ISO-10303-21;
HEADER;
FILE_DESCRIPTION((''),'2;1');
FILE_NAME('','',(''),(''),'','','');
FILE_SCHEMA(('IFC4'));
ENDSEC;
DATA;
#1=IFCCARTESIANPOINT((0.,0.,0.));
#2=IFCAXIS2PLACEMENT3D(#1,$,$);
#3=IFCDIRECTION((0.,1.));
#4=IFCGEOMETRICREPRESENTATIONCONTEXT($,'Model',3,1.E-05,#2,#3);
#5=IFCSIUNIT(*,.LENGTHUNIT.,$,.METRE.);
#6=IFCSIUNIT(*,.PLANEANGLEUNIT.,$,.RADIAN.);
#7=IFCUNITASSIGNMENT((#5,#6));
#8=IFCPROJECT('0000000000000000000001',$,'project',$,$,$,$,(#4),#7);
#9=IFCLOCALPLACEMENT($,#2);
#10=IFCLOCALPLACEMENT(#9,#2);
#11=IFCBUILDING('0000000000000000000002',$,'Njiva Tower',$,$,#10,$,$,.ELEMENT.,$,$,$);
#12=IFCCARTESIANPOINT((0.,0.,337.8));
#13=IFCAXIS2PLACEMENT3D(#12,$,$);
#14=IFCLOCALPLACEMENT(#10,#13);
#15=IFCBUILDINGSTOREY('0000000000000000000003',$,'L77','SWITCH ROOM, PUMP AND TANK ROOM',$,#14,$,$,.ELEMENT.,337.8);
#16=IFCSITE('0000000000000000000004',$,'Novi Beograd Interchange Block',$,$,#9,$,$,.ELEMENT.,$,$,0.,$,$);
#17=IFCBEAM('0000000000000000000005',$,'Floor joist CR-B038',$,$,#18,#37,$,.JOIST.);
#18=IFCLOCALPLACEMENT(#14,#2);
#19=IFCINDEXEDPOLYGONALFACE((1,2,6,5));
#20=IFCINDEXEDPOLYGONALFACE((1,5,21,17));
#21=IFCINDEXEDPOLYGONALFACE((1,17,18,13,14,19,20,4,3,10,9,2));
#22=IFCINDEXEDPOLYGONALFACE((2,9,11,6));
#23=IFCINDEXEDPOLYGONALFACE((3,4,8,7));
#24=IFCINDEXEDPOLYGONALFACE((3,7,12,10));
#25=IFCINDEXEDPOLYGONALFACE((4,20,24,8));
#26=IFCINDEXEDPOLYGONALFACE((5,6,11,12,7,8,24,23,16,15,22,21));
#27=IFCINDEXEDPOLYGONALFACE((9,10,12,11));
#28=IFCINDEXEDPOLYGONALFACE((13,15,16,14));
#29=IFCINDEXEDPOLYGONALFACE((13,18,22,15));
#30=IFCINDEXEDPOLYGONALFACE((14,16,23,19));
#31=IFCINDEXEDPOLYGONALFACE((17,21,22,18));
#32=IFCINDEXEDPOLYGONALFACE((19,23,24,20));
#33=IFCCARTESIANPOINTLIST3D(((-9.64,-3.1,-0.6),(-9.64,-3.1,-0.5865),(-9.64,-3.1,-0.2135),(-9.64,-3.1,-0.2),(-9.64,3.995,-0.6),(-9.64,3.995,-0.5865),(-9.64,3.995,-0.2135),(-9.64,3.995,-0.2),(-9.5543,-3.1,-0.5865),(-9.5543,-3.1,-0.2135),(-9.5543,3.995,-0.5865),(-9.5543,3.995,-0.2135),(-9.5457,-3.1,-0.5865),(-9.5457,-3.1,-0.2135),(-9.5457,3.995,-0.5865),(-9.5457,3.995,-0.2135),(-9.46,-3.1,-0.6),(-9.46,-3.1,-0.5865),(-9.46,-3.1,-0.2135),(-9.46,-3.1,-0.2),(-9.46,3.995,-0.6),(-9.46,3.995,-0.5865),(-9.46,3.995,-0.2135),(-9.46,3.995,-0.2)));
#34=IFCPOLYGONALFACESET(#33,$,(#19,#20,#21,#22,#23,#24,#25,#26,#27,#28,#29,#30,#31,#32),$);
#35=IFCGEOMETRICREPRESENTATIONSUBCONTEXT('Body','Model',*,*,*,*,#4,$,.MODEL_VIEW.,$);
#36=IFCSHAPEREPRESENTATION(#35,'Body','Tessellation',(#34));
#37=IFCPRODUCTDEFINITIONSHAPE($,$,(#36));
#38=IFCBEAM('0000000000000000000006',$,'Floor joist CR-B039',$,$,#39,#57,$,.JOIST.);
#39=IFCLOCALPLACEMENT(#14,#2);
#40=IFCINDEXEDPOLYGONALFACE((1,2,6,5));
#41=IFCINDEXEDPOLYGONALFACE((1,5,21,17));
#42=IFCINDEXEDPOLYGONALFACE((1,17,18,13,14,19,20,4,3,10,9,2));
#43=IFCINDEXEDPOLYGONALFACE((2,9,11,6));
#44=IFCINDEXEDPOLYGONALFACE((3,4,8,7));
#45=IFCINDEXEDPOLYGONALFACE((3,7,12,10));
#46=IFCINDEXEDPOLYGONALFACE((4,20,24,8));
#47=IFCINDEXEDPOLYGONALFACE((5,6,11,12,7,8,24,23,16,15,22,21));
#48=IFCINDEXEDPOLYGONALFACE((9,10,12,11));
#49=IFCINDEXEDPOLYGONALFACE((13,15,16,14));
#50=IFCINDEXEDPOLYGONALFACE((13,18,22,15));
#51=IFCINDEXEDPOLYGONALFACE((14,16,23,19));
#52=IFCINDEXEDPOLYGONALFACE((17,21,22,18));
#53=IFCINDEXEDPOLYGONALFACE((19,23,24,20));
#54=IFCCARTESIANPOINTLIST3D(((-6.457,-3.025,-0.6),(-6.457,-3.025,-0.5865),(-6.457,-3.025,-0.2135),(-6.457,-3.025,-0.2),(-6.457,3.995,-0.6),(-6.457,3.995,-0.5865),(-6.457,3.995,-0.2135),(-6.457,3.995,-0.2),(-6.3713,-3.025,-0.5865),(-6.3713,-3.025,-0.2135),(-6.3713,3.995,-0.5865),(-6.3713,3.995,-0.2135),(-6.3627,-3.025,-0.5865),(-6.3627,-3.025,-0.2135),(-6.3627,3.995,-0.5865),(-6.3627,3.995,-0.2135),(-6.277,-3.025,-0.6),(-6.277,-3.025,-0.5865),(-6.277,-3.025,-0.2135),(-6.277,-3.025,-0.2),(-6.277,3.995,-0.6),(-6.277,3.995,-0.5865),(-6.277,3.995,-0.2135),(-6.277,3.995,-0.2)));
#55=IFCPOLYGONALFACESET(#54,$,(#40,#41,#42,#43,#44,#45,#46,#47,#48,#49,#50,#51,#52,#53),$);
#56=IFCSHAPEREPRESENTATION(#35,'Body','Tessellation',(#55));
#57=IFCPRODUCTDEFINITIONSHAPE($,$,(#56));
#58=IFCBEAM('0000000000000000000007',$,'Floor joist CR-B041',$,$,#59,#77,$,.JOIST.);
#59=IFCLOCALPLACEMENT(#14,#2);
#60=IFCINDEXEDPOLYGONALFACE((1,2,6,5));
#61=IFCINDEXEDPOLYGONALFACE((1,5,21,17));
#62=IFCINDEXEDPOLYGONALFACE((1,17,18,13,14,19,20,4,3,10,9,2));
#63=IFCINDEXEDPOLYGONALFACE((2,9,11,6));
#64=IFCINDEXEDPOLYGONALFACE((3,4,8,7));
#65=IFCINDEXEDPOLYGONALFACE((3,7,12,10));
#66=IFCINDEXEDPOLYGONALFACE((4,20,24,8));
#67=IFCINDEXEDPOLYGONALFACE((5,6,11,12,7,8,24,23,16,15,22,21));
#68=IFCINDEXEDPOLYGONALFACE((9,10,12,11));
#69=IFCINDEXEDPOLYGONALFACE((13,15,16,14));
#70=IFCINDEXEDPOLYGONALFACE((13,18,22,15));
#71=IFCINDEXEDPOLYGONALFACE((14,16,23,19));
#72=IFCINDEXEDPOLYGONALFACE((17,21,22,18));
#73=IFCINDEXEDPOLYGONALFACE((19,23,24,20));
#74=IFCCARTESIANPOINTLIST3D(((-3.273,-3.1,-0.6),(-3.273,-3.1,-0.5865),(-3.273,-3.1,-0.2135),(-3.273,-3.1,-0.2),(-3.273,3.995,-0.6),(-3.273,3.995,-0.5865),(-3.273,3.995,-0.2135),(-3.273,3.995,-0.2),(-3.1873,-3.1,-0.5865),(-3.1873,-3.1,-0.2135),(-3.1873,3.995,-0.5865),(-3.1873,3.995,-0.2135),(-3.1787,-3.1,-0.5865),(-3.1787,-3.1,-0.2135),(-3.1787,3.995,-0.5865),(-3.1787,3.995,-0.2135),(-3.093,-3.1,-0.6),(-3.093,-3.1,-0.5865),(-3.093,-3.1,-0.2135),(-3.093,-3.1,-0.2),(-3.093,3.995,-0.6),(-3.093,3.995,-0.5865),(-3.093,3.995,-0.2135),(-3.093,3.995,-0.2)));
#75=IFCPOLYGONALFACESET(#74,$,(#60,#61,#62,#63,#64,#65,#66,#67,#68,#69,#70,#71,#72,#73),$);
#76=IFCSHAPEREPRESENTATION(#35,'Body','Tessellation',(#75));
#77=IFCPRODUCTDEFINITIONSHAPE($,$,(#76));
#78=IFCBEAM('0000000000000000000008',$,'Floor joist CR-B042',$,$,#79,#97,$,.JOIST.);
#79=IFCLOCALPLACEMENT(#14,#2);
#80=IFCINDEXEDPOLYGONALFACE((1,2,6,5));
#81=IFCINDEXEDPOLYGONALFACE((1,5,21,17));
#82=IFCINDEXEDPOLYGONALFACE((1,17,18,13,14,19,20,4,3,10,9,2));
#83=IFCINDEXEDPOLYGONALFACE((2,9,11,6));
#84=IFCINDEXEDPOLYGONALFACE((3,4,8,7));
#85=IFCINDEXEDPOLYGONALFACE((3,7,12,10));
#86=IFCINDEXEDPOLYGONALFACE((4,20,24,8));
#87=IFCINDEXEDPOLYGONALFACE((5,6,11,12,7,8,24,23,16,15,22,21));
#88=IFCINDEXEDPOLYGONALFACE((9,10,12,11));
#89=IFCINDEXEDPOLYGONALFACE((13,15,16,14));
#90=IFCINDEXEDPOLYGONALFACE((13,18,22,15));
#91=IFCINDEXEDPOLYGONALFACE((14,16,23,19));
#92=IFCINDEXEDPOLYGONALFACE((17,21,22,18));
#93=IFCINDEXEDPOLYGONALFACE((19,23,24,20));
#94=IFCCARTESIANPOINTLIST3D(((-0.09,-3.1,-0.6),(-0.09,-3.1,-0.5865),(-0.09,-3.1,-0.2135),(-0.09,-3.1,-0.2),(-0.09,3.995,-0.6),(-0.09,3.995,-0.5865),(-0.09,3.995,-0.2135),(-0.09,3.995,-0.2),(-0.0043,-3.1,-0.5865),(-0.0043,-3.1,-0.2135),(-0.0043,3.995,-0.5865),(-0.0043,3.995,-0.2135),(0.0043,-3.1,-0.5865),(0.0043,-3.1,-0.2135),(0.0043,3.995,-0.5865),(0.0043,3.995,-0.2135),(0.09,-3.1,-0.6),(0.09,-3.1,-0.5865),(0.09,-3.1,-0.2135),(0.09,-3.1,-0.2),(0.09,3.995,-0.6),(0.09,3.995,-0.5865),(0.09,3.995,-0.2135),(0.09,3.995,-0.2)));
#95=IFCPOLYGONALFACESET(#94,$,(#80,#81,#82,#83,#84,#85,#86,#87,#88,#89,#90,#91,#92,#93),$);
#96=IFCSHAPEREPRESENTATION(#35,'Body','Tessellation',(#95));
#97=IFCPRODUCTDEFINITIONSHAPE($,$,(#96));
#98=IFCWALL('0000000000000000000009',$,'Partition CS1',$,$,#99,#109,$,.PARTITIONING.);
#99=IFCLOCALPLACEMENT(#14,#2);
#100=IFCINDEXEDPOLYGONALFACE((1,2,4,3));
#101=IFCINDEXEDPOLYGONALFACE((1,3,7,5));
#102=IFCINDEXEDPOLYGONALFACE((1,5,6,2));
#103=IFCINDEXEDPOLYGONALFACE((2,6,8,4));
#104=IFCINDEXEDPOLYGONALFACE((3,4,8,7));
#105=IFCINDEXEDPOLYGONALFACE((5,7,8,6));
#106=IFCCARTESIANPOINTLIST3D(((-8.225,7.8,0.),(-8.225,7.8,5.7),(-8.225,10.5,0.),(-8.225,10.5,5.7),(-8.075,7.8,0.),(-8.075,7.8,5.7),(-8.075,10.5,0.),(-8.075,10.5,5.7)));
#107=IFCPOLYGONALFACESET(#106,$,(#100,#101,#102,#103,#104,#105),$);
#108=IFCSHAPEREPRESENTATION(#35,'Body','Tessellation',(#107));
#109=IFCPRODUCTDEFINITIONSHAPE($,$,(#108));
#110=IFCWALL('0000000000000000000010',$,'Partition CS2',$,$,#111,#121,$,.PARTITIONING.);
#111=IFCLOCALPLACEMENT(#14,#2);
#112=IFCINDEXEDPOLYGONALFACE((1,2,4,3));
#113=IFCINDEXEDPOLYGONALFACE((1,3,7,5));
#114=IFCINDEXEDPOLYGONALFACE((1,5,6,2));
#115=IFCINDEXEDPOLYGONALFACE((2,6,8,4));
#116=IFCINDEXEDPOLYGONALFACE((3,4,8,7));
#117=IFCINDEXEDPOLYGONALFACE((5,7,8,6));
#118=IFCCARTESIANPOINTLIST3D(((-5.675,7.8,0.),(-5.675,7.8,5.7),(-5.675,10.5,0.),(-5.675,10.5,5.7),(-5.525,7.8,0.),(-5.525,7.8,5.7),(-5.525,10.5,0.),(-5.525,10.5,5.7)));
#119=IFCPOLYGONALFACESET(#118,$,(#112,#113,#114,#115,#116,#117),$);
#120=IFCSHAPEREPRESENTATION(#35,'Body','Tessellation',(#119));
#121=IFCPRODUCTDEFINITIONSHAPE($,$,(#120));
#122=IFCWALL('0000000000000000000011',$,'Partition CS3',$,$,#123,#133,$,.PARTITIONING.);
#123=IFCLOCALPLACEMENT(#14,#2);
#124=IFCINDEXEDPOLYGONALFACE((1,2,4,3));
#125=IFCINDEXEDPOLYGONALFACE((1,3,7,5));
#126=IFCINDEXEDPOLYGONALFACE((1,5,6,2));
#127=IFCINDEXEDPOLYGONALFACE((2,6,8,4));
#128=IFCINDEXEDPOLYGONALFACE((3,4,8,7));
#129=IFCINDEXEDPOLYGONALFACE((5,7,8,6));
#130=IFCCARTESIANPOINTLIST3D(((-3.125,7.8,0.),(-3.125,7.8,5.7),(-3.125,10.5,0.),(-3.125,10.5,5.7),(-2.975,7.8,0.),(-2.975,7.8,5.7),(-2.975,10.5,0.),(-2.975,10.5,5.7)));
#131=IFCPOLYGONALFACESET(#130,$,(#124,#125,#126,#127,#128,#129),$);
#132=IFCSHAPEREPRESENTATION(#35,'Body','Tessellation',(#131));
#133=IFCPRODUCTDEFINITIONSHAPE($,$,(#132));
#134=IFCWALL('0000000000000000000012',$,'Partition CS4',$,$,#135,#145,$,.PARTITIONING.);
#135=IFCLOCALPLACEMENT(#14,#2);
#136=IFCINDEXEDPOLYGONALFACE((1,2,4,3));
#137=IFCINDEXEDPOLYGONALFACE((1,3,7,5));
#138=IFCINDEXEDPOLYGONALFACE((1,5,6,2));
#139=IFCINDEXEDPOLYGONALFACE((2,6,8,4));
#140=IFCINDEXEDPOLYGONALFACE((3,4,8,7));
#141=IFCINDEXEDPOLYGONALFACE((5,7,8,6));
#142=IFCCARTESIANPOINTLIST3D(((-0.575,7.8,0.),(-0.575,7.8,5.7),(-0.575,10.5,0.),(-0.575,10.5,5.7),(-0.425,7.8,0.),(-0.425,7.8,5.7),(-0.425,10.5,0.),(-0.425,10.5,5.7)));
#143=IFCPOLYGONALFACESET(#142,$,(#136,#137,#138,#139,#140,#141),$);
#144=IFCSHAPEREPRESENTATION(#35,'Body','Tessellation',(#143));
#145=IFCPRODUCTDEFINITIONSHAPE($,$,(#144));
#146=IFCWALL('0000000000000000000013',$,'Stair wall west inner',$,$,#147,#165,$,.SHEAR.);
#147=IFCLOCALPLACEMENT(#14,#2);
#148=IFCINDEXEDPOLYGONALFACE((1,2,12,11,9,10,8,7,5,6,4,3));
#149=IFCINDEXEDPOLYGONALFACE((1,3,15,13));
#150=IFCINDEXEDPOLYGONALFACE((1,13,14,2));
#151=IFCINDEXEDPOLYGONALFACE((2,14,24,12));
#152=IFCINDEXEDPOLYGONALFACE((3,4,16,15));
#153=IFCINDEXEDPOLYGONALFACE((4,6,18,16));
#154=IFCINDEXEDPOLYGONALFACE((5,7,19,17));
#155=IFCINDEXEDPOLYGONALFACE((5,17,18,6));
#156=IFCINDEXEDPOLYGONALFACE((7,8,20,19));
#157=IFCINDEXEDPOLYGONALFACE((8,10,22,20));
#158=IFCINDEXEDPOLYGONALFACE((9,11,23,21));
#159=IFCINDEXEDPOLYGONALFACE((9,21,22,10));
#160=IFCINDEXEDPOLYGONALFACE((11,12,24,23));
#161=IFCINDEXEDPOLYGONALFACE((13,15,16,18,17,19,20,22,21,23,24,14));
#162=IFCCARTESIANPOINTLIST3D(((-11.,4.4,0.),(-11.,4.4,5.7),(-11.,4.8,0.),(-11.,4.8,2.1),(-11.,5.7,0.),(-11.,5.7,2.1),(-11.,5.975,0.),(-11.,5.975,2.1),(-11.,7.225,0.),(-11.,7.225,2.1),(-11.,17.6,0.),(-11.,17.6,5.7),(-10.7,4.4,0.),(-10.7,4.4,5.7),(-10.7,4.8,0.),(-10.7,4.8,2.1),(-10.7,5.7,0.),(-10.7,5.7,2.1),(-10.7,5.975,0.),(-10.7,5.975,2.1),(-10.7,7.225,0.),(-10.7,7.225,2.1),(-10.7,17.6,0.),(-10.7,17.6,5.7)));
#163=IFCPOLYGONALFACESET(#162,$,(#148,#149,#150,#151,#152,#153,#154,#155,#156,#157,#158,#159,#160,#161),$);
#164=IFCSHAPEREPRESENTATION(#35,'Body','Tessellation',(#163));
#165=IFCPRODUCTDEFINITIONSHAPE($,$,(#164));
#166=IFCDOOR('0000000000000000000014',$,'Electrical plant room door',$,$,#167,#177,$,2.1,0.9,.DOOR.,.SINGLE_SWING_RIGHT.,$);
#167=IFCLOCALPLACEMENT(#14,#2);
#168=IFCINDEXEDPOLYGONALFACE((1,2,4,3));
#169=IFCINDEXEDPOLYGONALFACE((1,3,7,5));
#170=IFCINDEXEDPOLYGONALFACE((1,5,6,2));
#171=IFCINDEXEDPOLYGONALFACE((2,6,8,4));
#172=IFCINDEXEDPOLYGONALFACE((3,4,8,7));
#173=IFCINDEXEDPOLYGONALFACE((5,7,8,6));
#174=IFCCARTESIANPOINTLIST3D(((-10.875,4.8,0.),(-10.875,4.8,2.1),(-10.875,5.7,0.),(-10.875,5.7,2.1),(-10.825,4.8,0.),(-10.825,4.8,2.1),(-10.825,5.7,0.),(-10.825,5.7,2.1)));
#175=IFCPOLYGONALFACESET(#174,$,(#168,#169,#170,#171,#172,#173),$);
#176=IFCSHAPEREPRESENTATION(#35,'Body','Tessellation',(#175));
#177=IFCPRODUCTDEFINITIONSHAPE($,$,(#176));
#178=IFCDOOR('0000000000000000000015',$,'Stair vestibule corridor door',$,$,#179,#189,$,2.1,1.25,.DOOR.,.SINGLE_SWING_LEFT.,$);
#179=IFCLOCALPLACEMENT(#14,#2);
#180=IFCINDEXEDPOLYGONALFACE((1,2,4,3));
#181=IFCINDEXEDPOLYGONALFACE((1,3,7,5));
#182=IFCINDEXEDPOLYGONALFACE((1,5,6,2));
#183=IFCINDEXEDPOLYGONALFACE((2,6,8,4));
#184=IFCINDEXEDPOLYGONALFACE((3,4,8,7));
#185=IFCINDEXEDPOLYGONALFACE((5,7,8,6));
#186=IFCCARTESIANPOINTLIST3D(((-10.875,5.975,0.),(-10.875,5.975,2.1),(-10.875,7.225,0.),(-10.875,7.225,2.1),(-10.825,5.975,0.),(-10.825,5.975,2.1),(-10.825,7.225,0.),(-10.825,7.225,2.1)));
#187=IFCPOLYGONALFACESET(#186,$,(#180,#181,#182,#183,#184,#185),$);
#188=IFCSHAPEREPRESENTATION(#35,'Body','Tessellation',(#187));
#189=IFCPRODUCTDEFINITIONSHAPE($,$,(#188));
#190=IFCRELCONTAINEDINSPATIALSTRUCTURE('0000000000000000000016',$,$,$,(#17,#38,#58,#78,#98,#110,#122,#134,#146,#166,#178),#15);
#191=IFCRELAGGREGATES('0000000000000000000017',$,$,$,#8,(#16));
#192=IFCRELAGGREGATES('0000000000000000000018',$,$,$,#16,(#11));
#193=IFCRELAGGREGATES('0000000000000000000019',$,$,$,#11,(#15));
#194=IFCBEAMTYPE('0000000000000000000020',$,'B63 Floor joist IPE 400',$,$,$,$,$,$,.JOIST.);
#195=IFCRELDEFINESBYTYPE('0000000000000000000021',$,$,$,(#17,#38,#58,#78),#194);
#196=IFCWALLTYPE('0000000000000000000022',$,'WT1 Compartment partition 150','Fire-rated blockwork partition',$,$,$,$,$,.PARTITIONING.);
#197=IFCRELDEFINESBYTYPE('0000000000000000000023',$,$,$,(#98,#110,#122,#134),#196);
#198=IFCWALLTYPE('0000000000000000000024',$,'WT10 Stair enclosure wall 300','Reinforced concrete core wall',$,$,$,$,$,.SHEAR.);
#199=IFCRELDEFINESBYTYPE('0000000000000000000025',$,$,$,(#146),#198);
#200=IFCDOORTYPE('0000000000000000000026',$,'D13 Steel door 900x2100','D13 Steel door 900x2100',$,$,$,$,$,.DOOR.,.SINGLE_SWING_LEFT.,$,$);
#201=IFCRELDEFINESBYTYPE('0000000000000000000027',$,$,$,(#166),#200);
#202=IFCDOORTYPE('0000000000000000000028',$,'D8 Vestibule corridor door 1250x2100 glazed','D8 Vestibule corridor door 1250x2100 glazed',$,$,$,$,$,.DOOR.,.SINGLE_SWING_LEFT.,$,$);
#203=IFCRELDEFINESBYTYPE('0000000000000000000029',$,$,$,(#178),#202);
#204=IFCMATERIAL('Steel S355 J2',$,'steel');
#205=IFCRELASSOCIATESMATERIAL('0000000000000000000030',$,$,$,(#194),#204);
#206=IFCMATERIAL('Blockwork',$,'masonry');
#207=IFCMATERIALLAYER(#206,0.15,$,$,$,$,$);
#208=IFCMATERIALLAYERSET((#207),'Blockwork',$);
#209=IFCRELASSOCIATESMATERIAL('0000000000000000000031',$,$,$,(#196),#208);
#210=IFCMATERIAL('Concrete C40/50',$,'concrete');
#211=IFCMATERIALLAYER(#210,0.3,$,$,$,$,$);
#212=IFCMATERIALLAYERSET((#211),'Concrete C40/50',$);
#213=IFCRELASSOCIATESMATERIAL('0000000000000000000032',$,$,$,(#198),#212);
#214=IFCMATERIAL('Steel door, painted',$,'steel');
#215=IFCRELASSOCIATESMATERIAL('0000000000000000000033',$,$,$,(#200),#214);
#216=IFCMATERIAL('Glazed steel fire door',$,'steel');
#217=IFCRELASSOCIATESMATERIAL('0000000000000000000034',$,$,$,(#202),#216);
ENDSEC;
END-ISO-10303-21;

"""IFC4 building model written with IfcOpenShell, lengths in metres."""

from ifc_helpers import new_model, si_unit, direction, frame, frame_2d, origin, origin_2d, place, context, subcontext, project, spatial, rectangle, i_section, extrude, material, layer, layer_set, material_profile, profile_set, type_object, element, fill, save


model = new_model("IFC4")

# Units and contexts
model_context = context("Model", 3, precision=1e-05, world=origin(), true_north=direction((0.0, 1.0)))
body_context = subcontext(model_context, "Body", "Model", "MODEL_VIEW")
ifc_project = project(units=[si_unit("LENGTHUNIT", "METRE"), si_unit("PLANEANGLEUNIT", "RADIAN")], contexts=[model_context])

# Site, building, storey
site_placement = place(None, origin())
site = spatial("IfcSite", under=ifc_project, at=site_placement, Name="Novi Beograd Interchange Block", CompositionType="ELEMENT", RefElevation=0.0)
building_placement = place(site_placement, origin())
building = spatial("IfcBuilding", under=site, at=building_placement, Name="Njiva Tower", CompositionType="ELEMENT")
storey_placement = place(building_placement, frame((0.0, 0.0, 337.8)))
storey = spatial("IfcBuildingStorey", under=building, at=storey_placement, Name="L77", Description="SWITCH ROOM, PUMP AND TANK ROOM", CompositionType="ELEMENT", Elevation=337.8)

# Beams
ifc_material_1 = material(Name="Steel S355 J2", Category="steel")
ifc_material_profile = material_profile(ifc_material_1, i_section(OverallWidth=0.18, OverallDepth=0.4, WebThickness=0.0086, FlangeThickness=0.0135, at=origin_2d()), Name="IPE 400")
ifc_profile_set = profile_set([ifc_material_profile], Name="Steel S355 J2")
beam_type = type_object("IfcBeamType", Name="B63 Floor joist IPE 400", PredefinedType="JOIST", material=ifc_profile_set)
beam_1_placement = place(storey_placement, frame((-9.55, 3.995, -0.4), z_axis=(0.0, -1.0, 0.0), x_axis=(1.0, 0.0, 0.0)))
element("IfcBeam", 1, at=beam_1_placement, inside=storey, type_object=beam_type, Name="Floor joist CR-B038", PredefinedType="JOIST", context=body_context, shape_type="SweptSolid", body=[
    extrude(i_section(OverallWidth=0.18, OverallDepth=0.4, WebThickness=0.0086, FlangeThickness=0.0135, at=origin_2d()), origin(), (0.0, 0.0, 1.0), 7.095),
])
beam_2_placement = place(storey_placement, frame((-6.367, 3.995, -0.4), z_axis=(0.0, -1.0, 0.0), x_axis=(1.0, 0.0, 0.0)))
element("IfcBeam", 2, at=beam_2_placement, inside=storey, type_object=beam_type, Name="Floor joist CR-B039", PredefinedType="JOIST", context=body_context, shape_type="SweptSolid", body=[
    extrude(i_section(OverallWidth=0.18, OverallDepth=0.4, WebThickness=0.0086, FlangeThickness=0.0135, at=origin_2d()), origin(), (0.0, 0.0, 1.0), 7.02),
])
for number, where, z_axis, x_axis, name in (
    (3, (-3.183, 3.995, -0.4), (0.0, -1.0, 0.0), (1.0, 0.0, 0.0), "Floor joist CR-B041"),
    (4, (0.0, 3.995, -0.4), (0.0, -1.0, 0.0), (1.0, 0.0, 0.0), "Floor joist CR-B042"),
):
    element("IfcBeam", number, at=place(storey_placement, frame(where, z_axis=z_axis, x_axis=x_axis)), inside=storey, type_object=beam_type, Name=name, PredefinedType="JOIST", context=body_context, shape_type="SweptSolid", body=[
        extrude(i_section(OverallWidth=0.18, OverallDepth=0.4, WebThickness=0.0086, FlangeThickness=0.0135, at=origin_2d()), origin(), (0.0, 0.0, 1.0), 7.095),
    ])

# Walls
ifc_material_2 = material(Name="Blockwork", Category="masonry")
ifc_layer_1 = layer(ifc_material_2, 0.15)
ifc_layer_set_1 = layer_set([ifc_layer_1], Name="Blockwork")
wall_type_1 = type_object("IfcWallType", Name="WT1 Compartment partition 150", Description="Fire-rated blockwork partition", PredefinedType="PARTITIONING", material=ifc_layer_set_1)
for number, where, z_axis, x_axis, name in (
    (5, (-8.15, 7.8, 0.0), (0.0, 0.0, 1.0), (0.0, 1.0, 0.0), "Partition CS1"),
    (6, (-5.6, 7.8, 0.0), (0.0, 0.0, 1.0), (0.0, 1.0, 0.0), "Partition CS2"),
    (7, (-3.05, 7.8, 0.0), (0.0, 0.0, 1.0), (0.0, 1.0, 0.0), "Partition CS3"),
    (8, (-0.5, 7.8, 0.0), (0.0, 0.0, 1.0), (0.0, 1.0, 0.0), "Partition CS4"),
):
    element("IfcWall", number, at=place(storey_placement, frame(where, z_axis=z_axis, x_axis=x_axis)), inside=storey, type_object=wall_type_1, Name=name, PredefinedType="PARTITIONING", context=body_context, shape_type="SweptSolid", body=[
        extrude(rectangle(XDim=2.7, YDim=0.15, at=frame_2d((1.35, 0.0))), origin(), (0.0, 0.0, 1.0), 5.7),
    ])

# Wall, openings, doors
ifc_material_3 = material(Name="Concrete C40/50", Category="concrete")
ifc_layer_2 = layer(ifc_material_3, 0.3)
ifc_layer_set_2 = layer_set([ifc_layer_2], Name="Concrete C40/50")
wall_type_2 = type_object("IfcWallType", Name="WT10 Stair enclosure wall 300", Description="Reinforced concrete core wall", PredefinedType="SHEAR", material=ifc_layer_set_2)
wall_1_placement = place(storey_placement, frame((-10.85, 4.4, 0.0), z_axis=(0.0, 0.0, 1.0), x_axis=(0.0, 1.0, 0.0)))
wall_1 = element("IfcWall", 9, at=wall_1_placement, inside=storey, type_object=wall_type_2, Name="Stair wall west inner", PredefinedType="SHEAR", context=body_context, shape_type="SweptSolid", body=[
    extrude(rectangle(XDim=13.2, YDim=0.3, at=frame_2d((6.6, 0.0))), origin(), (0.0, 0.0, 1.0), 5.7),
])
opening_1_placement = place(wall_1_placement, frame((1.575, 0.0, 0.0)))
opening_1 = element("IfcOpeningElement", 10, at=opening_1_placement, cuts=wall_1, PredefinedType="OPENING", context=body_context, shape_type="SweptSolid", body=[
    extrude(rectangle(XDim=1.25, YDim=2.1, at=frame_2d((0.625, 1.05))), frame((0.0, 0.16, 0.0), z_axis=(0.0, -1.0, 0.0), x_axis=(1.0, 0.0, 0.0)), (0.0, 0.0, 1.0), 0.32),
])
opening_2_placement = place(wall_1_placement, frame((0.4, 0.0, 0.0)))
opening_2 = element("IfcOpeningElement", 11, at=opening_2_placement, cuts=wall_1, PredefinedType="OPENING", context=body_context, shape_type="SweptSolid", body=[
    extrude(rectangle(XDim=0.9, YDim=2.1, at=frame_2d((0.45, 1.05))), frame((0.0, 0.16, 0.0), z_axis=(0.0, -1.0, 0.0), x_axis=(1.0, 0.0, 0.0)), (0.0, 0.0, 1.0), 0.32),
])
ifc_material_4 = material(Name="Steel door, painted", Category="steel")
door_type_1 = type_object("IfcDoorType", Name="D13 Steel door 900x2100", Description="D13 Steel door 900x2100", OperationType="SINGLE_SWING_LEFT", PredefinedType="DOOR", material=ifc_material_4)
door_1_placement = place(opening_2_placement, origin())
door_1 = element("IfcDoor", 12, at=door_1_placement, inside=storey, type_object=door_type_1, Name="Electrical plant room door", OperationType="SINGLE_SWING_RIGHT", OverallHeight=2.1, OverallWidth=0.9, PredefinedType="DOOR", context=body_context, shape_type="SweptSolid", body=[
    extrude(rectangle(XDim=0.9, YDim=2.1, at=frame_2d((0.45, 1.05))), frame((0.0, 0.025, 0.0), z_axis=(0.0, -1.0, 0.0), x_axis=(1.0, 0.0, 0.0)), (0.0, 0.0, 1.0), 0.05),
])
fill(opening_2, door_1)
ifc_material_5 = material(Name="Glazed steel fire door", Category="steel")
door_type_2 = type_object("IfcDoorType", Name="D8 Vestibule corridor door 1250x2100 glazed", Description="D8 Vestibule corridor door 1250x2100 glazed", OperationType="SINGLE_SWING_LEFT", PredefinedType="DOOR", material=ifc_material_5)
door_2_placement = place(opening_1_placement, origin())
door_2 = element("IfcDoor", 13, at=door_2_placement, inside=storey, type_object=door_type_2, Name="Stair vestibule corridor door", OperationType="SINGLE_SWING_LEFT", OverallHeight=2.1, OverallWidth=1.25, PredefinedType="DOOR", context=body_context, shape_type="SweptSolid", body=[
    extrude(rectangle(XDim=1.25, YDim=2.1, at=frame_2d((0.625, 1.05))), frame((0.0, 0.025, 0.0), z_axis=(0.0, -1.0, 0.0), x_axis=(1.0, 0.0, 0.0)), (0.0, 0.0, 1.0), 0.05),
])
fill(opening_1, door_2)

save(model, "model.ifc")
